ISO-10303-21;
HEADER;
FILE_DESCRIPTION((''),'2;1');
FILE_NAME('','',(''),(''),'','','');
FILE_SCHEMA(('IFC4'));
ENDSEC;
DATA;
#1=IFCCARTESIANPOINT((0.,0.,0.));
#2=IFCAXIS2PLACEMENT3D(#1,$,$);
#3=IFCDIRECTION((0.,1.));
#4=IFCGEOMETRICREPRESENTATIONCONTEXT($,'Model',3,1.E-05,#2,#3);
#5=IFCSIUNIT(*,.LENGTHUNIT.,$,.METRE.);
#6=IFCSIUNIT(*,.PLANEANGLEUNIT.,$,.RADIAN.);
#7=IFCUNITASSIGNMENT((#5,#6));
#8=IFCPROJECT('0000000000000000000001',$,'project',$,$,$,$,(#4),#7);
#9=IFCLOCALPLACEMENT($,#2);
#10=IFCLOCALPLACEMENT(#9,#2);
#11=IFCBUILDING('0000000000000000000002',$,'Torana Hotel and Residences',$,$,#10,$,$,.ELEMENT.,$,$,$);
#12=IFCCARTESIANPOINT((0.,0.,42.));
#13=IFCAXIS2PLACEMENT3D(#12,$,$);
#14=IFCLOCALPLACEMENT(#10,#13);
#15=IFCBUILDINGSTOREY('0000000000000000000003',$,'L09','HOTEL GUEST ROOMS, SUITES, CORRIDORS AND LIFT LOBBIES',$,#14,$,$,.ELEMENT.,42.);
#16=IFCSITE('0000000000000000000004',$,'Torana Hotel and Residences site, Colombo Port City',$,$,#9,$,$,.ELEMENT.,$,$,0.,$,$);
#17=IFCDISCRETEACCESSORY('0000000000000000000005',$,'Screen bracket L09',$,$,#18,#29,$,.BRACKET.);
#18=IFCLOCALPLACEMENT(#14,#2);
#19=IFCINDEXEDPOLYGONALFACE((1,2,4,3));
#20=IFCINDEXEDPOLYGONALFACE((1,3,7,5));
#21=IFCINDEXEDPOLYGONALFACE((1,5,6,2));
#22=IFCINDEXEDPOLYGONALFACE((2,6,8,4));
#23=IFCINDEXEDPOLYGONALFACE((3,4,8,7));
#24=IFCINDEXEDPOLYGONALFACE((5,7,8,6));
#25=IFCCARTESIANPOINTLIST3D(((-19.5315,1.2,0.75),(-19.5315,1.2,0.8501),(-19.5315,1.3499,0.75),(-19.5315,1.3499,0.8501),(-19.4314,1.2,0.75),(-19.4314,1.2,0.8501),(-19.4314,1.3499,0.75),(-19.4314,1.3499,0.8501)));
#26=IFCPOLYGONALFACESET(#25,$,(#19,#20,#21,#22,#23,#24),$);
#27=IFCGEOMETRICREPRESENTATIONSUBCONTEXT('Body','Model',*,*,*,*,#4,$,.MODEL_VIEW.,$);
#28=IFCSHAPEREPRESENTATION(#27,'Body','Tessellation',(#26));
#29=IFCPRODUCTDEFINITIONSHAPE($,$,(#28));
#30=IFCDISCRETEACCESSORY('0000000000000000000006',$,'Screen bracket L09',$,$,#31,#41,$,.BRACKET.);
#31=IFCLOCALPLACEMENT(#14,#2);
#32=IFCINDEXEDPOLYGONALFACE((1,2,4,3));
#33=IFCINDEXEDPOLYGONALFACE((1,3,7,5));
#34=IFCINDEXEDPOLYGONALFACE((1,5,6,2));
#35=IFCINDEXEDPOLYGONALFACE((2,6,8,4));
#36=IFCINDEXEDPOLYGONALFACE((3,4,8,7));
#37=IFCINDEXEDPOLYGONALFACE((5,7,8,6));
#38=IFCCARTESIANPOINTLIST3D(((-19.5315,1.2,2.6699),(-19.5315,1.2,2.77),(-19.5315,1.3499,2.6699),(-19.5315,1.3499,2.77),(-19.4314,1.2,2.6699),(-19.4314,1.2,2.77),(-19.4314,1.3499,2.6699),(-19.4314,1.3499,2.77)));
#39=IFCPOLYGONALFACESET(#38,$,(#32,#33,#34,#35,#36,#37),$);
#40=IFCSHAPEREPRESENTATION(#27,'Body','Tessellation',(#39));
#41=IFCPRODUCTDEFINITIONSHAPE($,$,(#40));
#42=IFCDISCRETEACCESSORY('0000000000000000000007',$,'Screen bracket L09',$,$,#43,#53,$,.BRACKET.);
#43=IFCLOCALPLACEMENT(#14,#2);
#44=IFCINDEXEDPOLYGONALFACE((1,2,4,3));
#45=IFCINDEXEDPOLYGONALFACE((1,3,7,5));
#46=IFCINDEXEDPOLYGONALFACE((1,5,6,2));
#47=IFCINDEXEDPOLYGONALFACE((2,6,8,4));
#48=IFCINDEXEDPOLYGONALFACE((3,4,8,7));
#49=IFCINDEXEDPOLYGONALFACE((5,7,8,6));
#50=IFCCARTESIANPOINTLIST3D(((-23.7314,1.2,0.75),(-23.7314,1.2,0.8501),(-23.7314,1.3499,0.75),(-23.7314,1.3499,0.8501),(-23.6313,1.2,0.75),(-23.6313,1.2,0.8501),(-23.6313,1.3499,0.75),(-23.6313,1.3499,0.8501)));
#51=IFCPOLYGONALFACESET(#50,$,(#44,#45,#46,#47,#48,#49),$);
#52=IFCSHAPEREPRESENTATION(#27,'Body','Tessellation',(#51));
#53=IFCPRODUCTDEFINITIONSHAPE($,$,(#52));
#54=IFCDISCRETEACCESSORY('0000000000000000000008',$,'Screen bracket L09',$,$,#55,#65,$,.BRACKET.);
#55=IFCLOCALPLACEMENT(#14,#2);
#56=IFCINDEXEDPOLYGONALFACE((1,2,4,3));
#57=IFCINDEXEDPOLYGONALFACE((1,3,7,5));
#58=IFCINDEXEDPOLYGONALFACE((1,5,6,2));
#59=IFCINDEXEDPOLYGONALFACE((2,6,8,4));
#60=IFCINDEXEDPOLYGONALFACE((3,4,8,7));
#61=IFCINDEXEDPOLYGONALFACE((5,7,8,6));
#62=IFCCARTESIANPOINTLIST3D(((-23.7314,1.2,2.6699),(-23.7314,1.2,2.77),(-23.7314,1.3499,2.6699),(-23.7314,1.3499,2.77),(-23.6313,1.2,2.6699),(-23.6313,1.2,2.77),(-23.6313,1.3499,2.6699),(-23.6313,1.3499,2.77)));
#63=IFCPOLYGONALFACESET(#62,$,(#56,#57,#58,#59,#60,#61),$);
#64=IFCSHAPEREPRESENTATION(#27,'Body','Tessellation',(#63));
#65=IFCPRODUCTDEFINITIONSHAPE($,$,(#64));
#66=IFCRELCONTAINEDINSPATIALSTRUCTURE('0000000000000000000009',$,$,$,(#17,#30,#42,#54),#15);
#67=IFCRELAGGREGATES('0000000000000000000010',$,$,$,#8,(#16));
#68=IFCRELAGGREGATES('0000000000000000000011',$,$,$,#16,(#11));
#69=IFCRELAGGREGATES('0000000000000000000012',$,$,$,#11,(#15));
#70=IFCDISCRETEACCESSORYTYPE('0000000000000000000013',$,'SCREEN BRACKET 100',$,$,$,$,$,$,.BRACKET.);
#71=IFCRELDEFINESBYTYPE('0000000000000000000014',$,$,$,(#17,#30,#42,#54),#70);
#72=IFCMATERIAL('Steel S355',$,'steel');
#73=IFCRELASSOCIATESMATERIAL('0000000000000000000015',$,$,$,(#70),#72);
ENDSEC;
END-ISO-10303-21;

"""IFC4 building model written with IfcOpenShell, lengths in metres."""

from ifc_helpers import new_model, si_unit, direction, frame, origin, origin_2d, place, context, subcontext, project, spatial, rectangle, extrude, material, type_object, element, save


model = new_model("IFC4")

# Units and contexts
model_context = context("Model", 3, precision=1e-05, world=origin(), true_north=direction((0.0, 1.0)))
body_context = subcontext(model_context, "Body", "Model", "MODEL_VIEW")
ifc_project = project(units=[si_unit("LENGTHUNIT", "METRE"), si_unit("PLANEANGLEUNIT", "RADIAN")], contexts=[model_context])

# Site, building, storey
site_placement = place(None, origin())
site = spatial("IfcSite", under=ifc_project, at=site_placement, Name="Torana Hotel and Residences site, Colombo Port City", CompositionType="ELEMENT", RefElevation=0.0)
building_placement = place(site_placement, origin())
building = spatial("IfcBuilding", under=site, at=building_placement, Name="Torana Hotel and Residences", CompositionType="ELEMENT")
storey_placement = place(building_placement, frame((0.0, 0.0, 42.0)))
storey = spatial("IfcBuildingStorey", under=building, at=storey_placement, Name="L09", Description="HOTEL GUEST ROOMS, SUITES, CORRIDORS AND LIFT LOBBIES", CompositionType="ELEMENT", Elevation=42.0)

# Discrete accessories
ifc_material_1 = material(Name="Steel S355", Category="steel")
discrete_accessory_type = type_object("IfcDiscreteAccessoryType", Name="SCREEN BRACKET 100", PredefinedType="BRACKET", material=ifc_material_1)
for number, where, z_axis, x_axis, name in (
    (1, (-19.4814, 1.2749, 0.75), (0.0, 0.0, 1.0), (-1.0, 0.0, 0.0), "Screen bracket L09"),
    (2, (-19.4814, 1.2749, 2.6699), (0.0, 0.0, 1.0), (-1.0, 0.0, 0.0), "Screen bracket L09"),
    (3, (-23.6814, 1.2749, 0.75), (0.0, 0.0, 1.0), (-1.0, 0.0, 0.0), "Screen bracket L09"),
    (4, (-23.6814, 1.2749, 2.6699), (0.0, 0.0, 1.0), (-1.0, 0.0, 0.0), "Screen bracket L09"),
):
    element("IfcDiscreteAccessory", number, at=place(storey_placement, frame(where, z_axis=z_axis, x_axis=x_axis)), inside=storey, type_object=discrete_accessory_type, Name=name, PredefinedType="BRACKET", context=body_context, shape_type="SweptSolid", body=[
        extrude(rectangle(XDim=0.1001, YDim=0.1499, at=origin_2d()), origin(), (0.0, 0.0, 1.0), 0.1001),
    ])

save(model, "model.ifc")
